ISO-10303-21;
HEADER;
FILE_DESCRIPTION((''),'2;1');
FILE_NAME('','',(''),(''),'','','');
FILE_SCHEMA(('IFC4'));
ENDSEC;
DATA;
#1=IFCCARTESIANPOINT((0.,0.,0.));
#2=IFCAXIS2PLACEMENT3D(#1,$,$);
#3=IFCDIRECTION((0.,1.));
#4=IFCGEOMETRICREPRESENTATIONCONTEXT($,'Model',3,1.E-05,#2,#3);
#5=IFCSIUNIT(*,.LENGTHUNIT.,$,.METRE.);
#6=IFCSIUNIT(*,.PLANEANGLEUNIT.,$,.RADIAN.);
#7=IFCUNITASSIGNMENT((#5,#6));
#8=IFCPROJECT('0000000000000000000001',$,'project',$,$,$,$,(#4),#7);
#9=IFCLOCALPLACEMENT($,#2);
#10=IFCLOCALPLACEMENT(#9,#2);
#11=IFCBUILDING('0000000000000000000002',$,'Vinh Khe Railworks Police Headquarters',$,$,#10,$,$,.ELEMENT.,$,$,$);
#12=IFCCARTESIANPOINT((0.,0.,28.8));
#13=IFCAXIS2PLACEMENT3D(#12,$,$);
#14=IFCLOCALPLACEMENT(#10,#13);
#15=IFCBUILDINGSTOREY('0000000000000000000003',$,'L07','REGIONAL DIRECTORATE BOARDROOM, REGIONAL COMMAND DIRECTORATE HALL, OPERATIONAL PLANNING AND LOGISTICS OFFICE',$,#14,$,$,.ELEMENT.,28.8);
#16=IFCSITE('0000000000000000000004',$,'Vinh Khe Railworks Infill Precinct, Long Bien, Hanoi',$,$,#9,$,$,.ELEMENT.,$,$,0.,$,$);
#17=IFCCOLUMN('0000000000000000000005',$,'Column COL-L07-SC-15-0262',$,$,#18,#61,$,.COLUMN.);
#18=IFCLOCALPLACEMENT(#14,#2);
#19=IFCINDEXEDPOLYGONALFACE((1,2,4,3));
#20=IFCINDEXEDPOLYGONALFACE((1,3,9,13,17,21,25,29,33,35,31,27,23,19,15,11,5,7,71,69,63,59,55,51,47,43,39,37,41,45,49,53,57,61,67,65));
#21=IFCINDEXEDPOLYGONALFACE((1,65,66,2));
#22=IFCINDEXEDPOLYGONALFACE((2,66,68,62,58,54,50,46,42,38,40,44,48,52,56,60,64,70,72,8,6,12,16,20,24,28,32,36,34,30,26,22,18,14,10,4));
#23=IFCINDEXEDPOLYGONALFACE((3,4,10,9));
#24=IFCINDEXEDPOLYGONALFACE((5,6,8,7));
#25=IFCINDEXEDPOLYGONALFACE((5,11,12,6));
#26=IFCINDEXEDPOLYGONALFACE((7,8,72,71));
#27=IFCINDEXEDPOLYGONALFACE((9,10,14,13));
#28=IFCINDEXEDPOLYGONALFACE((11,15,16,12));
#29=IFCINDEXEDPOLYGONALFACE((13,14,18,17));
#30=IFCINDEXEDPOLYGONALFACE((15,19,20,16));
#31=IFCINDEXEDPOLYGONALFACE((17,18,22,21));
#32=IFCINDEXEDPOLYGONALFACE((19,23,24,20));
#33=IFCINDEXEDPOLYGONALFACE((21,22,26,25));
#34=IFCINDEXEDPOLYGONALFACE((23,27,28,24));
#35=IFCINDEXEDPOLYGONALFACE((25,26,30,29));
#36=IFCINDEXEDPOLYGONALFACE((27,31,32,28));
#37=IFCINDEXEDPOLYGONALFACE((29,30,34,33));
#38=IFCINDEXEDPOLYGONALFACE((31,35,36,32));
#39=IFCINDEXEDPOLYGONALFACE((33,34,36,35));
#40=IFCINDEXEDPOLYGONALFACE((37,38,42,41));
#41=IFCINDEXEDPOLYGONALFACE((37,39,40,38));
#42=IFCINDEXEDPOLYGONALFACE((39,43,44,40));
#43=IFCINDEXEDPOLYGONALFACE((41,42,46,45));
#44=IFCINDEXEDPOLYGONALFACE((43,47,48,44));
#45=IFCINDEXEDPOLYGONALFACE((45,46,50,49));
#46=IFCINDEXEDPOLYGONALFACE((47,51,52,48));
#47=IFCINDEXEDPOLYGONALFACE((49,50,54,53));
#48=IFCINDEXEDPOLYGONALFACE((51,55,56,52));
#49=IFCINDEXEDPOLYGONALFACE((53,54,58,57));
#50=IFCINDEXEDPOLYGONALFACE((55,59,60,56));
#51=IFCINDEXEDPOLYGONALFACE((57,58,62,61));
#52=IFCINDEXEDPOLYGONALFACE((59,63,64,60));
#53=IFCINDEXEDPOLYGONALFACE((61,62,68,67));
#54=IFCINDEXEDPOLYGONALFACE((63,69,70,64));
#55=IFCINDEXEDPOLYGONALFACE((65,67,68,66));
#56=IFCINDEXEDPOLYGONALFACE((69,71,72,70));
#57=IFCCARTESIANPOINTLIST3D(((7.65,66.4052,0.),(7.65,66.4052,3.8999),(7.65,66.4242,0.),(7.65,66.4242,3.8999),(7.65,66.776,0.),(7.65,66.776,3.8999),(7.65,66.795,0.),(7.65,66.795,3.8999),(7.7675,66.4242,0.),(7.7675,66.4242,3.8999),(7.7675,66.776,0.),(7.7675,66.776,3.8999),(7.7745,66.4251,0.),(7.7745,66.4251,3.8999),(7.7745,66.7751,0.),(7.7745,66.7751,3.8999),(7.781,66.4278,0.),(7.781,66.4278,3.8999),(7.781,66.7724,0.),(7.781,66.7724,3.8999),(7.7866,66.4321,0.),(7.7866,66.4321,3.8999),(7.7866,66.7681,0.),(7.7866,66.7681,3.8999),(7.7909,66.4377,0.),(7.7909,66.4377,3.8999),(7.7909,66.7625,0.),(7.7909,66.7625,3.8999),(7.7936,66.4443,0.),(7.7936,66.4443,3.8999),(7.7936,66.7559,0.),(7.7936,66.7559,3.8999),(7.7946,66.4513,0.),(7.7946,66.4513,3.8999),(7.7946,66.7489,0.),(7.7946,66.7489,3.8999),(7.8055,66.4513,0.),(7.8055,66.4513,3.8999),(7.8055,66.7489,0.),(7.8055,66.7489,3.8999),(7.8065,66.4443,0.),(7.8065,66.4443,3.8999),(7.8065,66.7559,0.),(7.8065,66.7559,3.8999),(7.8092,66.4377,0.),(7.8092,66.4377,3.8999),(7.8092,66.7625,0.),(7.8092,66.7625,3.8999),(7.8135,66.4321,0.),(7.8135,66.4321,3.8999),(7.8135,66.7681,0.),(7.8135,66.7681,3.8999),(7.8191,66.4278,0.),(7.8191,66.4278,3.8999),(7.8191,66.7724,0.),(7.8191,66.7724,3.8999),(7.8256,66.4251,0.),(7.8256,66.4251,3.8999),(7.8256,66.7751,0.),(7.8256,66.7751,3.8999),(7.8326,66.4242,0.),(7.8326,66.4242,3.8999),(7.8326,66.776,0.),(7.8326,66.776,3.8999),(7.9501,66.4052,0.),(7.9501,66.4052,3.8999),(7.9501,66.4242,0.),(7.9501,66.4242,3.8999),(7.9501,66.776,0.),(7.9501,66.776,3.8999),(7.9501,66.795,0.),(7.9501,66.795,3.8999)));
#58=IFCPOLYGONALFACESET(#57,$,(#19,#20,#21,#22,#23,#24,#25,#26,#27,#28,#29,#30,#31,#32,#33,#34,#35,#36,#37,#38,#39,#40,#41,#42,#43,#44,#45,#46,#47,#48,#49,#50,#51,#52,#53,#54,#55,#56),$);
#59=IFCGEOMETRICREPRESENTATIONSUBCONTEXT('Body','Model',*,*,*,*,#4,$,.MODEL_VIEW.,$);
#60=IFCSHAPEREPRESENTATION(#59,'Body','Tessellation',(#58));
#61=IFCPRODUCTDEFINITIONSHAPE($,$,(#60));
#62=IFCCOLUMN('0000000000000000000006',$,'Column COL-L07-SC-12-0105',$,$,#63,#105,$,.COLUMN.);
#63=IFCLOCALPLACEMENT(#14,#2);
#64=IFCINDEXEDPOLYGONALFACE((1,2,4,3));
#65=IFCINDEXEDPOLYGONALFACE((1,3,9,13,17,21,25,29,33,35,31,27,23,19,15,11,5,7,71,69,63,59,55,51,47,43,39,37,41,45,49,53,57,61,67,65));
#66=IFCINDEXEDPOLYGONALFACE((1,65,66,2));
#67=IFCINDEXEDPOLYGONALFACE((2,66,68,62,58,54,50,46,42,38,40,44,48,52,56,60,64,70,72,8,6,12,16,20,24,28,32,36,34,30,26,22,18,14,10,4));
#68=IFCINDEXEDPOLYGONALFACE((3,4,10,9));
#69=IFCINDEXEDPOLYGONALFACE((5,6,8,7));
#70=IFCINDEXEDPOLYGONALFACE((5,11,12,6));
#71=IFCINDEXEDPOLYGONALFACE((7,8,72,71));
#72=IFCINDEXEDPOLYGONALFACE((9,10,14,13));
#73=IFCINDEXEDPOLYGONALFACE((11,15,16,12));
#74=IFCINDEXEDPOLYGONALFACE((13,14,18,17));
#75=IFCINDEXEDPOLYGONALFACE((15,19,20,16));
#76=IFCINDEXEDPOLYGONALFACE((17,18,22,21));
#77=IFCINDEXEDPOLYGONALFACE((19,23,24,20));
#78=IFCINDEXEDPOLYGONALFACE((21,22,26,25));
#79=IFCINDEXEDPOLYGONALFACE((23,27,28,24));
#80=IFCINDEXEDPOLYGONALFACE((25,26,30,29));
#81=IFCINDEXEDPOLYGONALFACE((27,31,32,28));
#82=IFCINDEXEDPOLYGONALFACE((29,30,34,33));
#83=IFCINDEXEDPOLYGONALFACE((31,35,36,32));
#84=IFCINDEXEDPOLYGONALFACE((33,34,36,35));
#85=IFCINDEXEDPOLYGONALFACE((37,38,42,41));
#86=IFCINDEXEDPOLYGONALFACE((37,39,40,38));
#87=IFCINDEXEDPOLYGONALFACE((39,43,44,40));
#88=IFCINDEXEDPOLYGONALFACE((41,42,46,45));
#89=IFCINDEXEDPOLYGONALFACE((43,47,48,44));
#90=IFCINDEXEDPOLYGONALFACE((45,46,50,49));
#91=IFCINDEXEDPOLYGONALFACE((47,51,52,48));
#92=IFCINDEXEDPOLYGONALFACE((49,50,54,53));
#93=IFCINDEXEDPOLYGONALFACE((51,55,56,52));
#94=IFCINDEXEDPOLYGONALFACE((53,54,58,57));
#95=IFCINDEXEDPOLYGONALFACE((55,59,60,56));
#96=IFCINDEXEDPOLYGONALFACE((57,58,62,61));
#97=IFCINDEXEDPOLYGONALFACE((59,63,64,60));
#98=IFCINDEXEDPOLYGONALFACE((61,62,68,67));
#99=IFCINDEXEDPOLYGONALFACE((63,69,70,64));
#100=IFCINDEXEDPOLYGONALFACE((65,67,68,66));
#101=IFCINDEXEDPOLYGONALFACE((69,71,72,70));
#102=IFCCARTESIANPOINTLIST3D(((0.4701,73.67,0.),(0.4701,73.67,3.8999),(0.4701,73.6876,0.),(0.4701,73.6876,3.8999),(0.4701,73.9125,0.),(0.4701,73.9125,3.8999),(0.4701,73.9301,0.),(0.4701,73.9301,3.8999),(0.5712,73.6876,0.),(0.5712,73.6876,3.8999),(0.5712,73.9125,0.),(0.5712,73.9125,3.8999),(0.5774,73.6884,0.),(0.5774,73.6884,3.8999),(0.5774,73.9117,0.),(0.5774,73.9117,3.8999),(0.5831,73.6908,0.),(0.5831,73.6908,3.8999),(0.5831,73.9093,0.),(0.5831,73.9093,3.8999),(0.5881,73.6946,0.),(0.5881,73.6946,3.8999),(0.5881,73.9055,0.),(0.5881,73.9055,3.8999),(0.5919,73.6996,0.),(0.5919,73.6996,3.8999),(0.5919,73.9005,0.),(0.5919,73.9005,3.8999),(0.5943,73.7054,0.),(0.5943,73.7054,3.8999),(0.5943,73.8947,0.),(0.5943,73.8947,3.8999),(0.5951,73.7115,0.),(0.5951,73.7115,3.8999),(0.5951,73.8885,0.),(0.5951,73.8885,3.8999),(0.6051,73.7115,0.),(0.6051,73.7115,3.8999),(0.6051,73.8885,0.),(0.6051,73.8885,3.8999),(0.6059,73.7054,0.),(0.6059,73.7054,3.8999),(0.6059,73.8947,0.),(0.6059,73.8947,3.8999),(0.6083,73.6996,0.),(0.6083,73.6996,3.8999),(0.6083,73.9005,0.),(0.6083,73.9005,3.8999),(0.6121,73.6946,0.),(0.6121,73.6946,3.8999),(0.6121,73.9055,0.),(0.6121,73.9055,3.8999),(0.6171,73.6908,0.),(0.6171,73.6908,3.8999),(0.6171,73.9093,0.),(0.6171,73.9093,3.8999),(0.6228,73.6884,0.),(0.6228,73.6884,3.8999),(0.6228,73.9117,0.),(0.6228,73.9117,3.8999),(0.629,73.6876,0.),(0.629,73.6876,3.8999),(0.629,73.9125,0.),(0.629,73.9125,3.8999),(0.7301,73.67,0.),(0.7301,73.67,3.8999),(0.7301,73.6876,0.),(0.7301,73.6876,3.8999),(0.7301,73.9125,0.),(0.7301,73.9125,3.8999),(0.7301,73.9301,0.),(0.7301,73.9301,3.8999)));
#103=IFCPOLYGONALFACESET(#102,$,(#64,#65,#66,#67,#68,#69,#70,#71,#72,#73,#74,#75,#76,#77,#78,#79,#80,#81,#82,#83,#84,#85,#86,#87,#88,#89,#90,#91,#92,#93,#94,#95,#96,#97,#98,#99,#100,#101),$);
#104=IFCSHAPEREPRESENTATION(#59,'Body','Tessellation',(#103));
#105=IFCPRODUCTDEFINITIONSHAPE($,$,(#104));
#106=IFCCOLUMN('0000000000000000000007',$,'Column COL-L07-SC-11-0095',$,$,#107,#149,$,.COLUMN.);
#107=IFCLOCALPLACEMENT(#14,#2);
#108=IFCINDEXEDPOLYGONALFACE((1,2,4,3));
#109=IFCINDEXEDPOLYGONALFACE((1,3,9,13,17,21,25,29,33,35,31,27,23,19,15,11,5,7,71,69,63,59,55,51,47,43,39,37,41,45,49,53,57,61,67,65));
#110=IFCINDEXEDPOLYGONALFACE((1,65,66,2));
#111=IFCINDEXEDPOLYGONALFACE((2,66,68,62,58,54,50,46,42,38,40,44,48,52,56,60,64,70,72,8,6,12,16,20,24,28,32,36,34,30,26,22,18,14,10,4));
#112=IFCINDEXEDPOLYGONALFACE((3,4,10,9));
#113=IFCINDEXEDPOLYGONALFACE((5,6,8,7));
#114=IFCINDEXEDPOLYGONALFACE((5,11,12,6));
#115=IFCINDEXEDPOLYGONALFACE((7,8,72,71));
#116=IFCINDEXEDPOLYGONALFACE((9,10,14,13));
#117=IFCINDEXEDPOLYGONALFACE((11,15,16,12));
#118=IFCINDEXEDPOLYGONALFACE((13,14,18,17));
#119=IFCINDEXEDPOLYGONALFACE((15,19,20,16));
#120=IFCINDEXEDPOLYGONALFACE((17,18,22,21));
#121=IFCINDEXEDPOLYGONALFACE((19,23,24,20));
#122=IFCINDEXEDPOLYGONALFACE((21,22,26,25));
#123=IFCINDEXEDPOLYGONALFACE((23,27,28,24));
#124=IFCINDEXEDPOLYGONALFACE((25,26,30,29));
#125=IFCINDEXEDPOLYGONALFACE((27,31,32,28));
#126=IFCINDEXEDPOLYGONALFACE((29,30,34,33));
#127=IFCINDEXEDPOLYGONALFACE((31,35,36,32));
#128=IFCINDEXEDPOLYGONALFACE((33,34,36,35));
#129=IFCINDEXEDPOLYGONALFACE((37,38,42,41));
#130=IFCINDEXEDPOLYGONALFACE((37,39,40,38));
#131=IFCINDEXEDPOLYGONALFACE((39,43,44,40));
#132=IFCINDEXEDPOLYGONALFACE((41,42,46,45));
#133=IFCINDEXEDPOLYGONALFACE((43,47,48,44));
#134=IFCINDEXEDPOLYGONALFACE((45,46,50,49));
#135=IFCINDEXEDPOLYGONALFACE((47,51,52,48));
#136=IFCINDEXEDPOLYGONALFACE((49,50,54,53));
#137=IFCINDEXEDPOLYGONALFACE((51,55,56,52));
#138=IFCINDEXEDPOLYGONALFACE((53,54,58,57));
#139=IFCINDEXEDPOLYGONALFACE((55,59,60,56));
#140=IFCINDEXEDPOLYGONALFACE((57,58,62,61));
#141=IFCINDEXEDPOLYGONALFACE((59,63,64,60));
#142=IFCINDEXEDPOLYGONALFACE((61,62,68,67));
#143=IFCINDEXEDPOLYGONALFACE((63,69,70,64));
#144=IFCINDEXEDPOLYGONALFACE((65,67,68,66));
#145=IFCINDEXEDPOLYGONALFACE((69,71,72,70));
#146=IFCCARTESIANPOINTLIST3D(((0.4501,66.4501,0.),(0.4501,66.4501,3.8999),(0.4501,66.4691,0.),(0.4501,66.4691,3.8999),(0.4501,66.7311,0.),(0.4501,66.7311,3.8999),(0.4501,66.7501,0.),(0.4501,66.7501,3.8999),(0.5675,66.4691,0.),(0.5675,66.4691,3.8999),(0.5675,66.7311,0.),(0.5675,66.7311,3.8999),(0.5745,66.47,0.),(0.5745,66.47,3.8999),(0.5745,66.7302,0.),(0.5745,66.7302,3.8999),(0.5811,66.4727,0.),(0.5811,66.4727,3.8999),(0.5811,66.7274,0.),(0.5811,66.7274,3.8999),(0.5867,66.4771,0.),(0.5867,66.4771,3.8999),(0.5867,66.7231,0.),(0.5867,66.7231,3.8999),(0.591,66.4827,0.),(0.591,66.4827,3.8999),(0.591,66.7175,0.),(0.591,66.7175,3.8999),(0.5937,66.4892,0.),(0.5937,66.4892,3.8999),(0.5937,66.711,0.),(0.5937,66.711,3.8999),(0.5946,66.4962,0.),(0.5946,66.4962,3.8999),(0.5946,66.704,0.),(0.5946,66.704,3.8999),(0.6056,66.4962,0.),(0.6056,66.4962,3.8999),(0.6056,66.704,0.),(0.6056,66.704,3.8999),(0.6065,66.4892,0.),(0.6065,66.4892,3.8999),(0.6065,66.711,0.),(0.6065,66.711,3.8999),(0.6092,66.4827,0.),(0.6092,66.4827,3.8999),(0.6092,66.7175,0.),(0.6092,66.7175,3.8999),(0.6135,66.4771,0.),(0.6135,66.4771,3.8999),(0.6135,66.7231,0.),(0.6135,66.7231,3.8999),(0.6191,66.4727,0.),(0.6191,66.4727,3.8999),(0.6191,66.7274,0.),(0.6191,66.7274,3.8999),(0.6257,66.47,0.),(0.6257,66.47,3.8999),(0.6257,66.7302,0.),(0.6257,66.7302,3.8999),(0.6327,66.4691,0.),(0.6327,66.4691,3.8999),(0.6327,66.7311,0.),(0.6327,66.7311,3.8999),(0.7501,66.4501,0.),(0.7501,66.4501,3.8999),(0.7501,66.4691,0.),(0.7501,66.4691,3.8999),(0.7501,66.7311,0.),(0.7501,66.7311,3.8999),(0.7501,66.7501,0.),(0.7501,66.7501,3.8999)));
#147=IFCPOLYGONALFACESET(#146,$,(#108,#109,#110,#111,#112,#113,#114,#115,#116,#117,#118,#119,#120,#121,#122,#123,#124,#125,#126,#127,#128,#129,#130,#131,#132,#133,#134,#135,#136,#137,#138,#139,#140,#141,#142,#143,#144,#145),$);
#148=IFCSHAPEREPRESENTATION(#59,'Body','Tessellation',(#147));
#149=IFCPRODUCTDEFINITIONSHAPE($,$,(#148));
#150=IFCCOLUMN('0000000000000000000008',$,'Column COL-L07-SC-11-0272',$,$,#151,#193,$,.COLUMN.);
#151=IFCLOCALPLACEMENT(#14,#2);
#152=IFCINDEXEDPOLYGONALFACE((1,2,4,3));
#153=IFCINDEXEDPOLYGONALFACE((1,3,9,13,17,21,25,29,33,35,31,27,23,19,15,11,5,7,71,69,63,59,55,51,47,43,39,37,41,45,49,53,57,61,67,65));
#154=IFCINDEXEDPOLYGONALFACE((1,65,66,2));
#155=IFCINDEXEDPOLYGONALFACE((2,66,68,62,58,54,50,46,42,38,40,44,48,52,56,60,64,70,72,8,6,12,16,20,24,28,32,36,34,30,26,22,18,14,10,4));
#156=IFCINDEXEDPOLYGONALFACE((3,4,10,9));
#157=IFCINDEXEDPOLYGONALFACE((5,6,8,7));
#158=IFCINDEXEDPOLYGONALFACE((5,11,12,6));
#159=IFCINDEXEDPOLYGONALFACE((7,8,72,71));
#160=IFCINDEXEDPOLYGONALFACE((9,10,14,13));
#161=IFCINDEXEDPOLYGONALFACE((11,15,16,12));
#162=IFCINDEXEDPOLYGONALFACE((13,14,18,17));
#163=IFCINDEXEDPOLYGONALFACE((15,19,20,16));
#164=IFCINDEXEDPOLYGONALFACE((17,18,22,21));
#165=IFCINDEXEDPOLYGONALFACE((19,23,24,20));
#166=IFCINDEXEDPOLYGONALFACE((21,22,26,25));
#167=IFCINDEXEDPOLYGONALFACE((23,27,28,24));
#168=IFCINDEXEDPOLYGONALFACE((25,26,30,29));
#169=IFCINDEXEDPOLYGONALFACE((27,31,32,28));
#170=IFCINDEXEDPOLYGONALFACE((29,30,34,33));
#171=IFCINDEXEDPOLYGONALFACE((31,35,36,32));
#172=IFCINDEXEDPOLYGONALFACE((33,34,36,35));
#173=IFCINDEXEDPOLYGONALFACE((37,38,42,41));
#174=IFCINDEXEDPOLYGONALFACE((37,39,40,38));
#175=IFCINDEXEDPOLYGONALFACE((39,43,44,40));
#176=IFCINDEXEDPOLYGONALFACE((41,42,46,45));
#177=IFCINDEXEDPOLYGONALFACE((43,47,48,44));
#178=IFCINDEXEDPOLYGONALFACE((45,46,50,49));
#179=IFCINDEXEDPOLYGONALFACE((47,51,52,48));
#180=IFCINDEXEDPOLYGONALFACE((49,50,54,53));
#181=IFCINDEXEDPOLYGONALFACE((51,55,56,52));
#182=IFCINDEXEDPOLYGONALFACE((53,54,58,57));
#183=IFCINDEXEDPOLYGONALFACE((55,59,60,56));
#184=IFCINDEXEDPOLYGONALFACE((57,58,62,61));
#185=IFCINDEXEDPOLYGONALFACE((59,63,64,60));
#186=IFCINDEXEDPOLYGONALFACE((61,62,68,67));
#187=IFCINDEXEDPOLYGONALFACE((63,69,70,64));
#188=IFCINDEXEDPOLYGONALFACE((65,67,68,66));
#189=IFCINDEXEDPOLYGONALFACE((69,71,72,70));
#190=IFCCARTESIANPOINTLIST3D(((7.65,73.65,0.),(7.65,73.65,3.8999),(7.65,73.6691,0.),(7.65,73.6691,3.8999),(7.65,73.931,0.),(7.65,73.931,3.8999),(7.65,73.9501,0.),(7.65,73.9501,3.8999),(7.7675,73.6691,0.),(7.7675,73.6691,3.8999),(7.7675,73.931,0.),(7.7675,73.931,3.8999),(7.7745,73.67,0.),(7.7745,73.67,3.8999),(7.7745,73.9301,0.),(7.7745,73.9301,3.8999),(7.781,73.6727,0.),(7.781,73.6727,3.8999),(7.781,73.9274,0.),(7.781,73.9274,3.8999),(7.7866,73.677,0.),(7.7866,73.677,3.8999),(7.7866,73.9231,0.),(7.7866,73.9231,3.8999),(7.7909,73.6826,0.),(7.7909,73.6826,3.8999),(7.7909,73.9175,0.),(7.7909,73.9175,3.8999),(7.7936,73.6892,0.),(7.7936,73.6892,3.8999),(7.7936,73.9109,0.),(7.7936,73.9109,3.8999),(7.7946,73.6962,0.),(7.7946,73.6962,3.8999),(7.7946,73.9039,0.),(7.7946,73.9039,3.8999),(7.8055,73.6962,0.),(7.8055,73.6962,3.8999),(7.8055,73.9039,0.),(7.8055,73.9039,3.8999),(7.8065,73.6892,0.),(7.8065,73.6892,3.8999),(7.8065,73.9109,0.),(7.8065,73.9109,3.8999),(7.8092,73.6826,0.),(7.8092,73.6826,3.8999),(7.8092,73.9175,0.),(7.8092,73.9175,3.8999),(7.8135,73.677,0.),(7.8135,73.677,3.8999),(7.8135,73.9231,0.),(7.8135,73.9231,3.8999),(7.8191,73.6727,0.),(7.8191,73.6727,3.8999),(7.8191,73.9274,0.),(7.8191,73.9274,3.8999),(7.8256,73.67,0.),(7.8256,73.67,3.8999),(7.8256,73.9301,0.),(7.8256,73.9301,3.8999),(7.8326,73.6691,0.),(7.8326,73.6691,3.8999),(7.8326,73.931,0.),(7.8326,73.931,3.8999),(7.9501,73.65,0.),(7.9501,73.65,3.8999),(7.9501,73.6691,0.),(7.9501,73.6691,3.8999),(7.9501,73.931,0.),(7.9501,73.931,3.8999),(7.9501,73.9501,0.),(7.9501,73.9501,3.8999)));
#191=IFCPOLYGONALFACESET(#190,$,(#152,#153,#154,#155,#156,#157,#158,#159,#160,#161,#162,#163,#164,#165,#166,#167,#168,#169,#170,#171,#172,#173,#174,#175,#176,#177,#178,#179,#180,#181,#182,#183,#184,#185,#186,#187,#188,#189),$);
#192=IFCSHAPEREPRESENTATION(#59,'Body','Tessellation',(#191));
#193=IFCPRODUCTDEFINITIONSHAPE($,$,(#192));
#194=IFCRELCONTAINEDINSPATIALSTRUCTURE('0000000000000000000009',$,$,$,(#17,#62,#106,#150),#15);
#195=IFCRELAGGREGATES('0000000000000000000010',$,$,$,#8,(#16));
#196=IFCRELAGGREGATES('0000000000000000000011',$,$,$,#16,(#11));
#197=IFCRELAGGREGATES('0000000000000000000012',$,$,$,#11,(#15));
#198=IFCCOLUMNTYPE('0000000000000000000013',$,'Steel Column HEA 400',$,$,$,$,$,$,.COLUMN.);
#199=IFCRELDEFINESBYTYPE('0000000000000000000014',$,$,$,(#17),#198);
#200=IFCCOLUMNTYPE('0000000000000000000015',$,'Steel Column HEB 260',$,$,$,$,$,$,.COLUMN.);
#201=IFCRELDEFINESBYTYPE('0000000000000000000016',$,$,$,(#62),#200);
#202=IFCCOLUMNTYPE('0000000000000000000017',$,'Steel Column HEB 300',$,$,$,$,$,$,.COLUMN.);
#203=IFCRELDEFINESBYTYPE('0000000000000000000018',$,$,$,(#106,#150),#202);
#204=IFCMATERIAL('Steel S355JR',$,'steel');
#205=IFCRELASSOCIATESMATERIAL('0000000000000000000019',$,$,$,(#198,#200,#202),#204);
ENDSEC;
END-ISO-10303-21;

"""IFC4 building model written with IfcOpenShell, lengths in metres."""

from ifc_helpers import new_model, si_unit, direction, frame, origin, origin_2d, place, context, subcontext, project, spatial, i_section, extrude, material, material_profile, profile_set, type_object, element, save


model = new_model("IFC4")

# Units and contexts
model_context = context("Model", 3, precision=1e-05, world=origin(), true_north=direction((0.0, 1.0)))
body_context = subcontext(model_context, "Body", "Model", "MODEL_VIEW")
ifc_project = project(units=[si_unit("LENGTHUNIT", "METRE"), si_unit("PLANEANGLEUNIT", "RADIAN")], contexts=[model_context])

# Site, building, storey
site_placement = place(None, origin())
site = spatial("IfcSite", under=ifc_project, at=site_placement, Name="Vinh Khe Railworks Infill Precinct, Long Bien, Hanoi", CompositionType="ELEMENT", RefElevation=0.0)
building_placement = place(site_placement, origin())
building = spatial("IfcBuilding", under=site, at=building_placement, Name="Vinh Khe Railworks Police Headquarters", CompositionType="ELEMENT")
storey_placement = place(building_placement, frame((0.0, 0.0, 28.8)))
storey = spatial("IfcBuildingStorey", under=building, at=storey_placement, Name="L07", Description="REGIONAL DIRECTORATE BOARDROOM, REGIONAL COMMAND DIRECTORATE HALL, OPERATIONAL PLANNING AND LOGISTICS OFFICE", CompositionType="ELEMENT", Elevation=28.8)

# Columns
ifc_material_1 = material(Name="Steel S355JR", Category="steel")
ifc_material_profile_1 = material_profile(ifc_material_1, i_section(OverallWidth=0.3, OverallDepth=0.3899, WebThickness=0.011, FlangeThickness=0.019, FilletRadius=0.0271, at=origin_2d()), Name="HEA 400")
ifc_profile_set_1 = profile_set([ifc_material_profile_1], Name="Steel S355JR")
column_type_1 = type_object("IfcColumnType", Name="Steel Column HEA 400", PredefinedType="COLUMN", material=ifc_profile_set_1)
column_1_placement = place(storey_placement, frame((7.8, 66.6001, 0.0), z_axis=(0.0, 0.0, 1.0), x_axis=(1.0, 0.0, 0.0)))
element("IfcColumn", 1, at=column_1_placement, inside=storey, type_object=column_type_1, Name="Column COL-L07-SC-15-0262", PredefinedType="COLUMN", context=body_context, shape_type="SweptSolid", body=[
    extrude(i_section(OverallWidth=0.3, OverallDepth=0.3899, WebThickness=0.011, FlangeThickness=0.019, FilletRadius=0.0271, at=origin_2d()), origin(), (0.0, 0.0, 1.0), 3.8999),
])
ifc_material_profile_2 = material_profile(ifc_material_1, i_section(OverallWidth=0.26, OverallDepth=0.26, WebThickness=0.01, FlangeThickness=0.0176, FilletRadius=0.0239, at=origin_2d()), Name="HEB 260")
ifc_profile_set_2 = profile_set([ifc_material_profile_2], Name="Steel S355JR")
column_type_2 = type_object("IfcColumnType", Name="Steel Column HEB 260", PredefinedType="COLUMN", material=ifc_profile_set_2)
column_2_placement = place(storey_placement, frame((0.6001, 73.8, 0.0), z_axis=(0.0, 0.0, 1.0), x_axis=(1.0, 0.0, 0.0)))
element("IfcColumn", 2, at=column_2_placement, inside=storey, type_object=column_type_2, Name="Column COL-L07-SC-12-0105", PredefinedType="COLUMN", context=body_context, shape_type="SweptSolid", body=[
    extrude(i_section(OverallWidth=0.26, OverallDepth=0.26, WebThickness=0.01, FlangeThickness=0.0176, FilletRadius=0.0239, at=origin_2d()), origin(), (0.0, 0.0, 1.0), 3.8999),
])
ifc_material_profile_3 = material_profile(ifc_material_1, i_section(OverallWidth=0.3, OverallDepth=0.3, WebThickness=0.011, FlangeThickness=0.019, FilletRadius=0.0271, at=origin_2d()), Name="HEB 300")
ifc_profile_set_3 = profile_set([ifc_material_profile_3], Name="Steel S355JR")
column_type_3 = type_object("IfcColumnType", Name="Steel Column HEB 300", PredefinedType="COLUMN", material=ifc_profile_set_3)
for number, where, z_axis, x_axis, name in (
    (3, (0.6001, 66.6001, 0.0), (0.0, 0.0, 1.0), (1.0, 0.0, 0.0), "Column COL-L07-SC-11-0095"),
    (4, (7.8, 73.8, 0.0), (0.0, 0.0, 1.0), (1.0, 0.0, 0.0), "Column COL-L07-SC-11-0272"),
):
    element("IfcColumn", number, at=place(storey_placement, frame(where, z_axis=z_axis, x_axis=x_axis)), inside=storey, type_object=column_type_3, Name=name, PredefinedType="COLUMN", context=body_context, shape_type="SweptSolid", body=[
        extrude(i_section(OverallWidth=0.3, OverallDepth=0.3, WebThickness=0.011, FlangeThickness=0.019, FilletRadius=0.0271, at=origin_2d()), origin(), (0.0, 0.0, 1.0), 3.8999),
    ])

save(model, "model.ifc")
